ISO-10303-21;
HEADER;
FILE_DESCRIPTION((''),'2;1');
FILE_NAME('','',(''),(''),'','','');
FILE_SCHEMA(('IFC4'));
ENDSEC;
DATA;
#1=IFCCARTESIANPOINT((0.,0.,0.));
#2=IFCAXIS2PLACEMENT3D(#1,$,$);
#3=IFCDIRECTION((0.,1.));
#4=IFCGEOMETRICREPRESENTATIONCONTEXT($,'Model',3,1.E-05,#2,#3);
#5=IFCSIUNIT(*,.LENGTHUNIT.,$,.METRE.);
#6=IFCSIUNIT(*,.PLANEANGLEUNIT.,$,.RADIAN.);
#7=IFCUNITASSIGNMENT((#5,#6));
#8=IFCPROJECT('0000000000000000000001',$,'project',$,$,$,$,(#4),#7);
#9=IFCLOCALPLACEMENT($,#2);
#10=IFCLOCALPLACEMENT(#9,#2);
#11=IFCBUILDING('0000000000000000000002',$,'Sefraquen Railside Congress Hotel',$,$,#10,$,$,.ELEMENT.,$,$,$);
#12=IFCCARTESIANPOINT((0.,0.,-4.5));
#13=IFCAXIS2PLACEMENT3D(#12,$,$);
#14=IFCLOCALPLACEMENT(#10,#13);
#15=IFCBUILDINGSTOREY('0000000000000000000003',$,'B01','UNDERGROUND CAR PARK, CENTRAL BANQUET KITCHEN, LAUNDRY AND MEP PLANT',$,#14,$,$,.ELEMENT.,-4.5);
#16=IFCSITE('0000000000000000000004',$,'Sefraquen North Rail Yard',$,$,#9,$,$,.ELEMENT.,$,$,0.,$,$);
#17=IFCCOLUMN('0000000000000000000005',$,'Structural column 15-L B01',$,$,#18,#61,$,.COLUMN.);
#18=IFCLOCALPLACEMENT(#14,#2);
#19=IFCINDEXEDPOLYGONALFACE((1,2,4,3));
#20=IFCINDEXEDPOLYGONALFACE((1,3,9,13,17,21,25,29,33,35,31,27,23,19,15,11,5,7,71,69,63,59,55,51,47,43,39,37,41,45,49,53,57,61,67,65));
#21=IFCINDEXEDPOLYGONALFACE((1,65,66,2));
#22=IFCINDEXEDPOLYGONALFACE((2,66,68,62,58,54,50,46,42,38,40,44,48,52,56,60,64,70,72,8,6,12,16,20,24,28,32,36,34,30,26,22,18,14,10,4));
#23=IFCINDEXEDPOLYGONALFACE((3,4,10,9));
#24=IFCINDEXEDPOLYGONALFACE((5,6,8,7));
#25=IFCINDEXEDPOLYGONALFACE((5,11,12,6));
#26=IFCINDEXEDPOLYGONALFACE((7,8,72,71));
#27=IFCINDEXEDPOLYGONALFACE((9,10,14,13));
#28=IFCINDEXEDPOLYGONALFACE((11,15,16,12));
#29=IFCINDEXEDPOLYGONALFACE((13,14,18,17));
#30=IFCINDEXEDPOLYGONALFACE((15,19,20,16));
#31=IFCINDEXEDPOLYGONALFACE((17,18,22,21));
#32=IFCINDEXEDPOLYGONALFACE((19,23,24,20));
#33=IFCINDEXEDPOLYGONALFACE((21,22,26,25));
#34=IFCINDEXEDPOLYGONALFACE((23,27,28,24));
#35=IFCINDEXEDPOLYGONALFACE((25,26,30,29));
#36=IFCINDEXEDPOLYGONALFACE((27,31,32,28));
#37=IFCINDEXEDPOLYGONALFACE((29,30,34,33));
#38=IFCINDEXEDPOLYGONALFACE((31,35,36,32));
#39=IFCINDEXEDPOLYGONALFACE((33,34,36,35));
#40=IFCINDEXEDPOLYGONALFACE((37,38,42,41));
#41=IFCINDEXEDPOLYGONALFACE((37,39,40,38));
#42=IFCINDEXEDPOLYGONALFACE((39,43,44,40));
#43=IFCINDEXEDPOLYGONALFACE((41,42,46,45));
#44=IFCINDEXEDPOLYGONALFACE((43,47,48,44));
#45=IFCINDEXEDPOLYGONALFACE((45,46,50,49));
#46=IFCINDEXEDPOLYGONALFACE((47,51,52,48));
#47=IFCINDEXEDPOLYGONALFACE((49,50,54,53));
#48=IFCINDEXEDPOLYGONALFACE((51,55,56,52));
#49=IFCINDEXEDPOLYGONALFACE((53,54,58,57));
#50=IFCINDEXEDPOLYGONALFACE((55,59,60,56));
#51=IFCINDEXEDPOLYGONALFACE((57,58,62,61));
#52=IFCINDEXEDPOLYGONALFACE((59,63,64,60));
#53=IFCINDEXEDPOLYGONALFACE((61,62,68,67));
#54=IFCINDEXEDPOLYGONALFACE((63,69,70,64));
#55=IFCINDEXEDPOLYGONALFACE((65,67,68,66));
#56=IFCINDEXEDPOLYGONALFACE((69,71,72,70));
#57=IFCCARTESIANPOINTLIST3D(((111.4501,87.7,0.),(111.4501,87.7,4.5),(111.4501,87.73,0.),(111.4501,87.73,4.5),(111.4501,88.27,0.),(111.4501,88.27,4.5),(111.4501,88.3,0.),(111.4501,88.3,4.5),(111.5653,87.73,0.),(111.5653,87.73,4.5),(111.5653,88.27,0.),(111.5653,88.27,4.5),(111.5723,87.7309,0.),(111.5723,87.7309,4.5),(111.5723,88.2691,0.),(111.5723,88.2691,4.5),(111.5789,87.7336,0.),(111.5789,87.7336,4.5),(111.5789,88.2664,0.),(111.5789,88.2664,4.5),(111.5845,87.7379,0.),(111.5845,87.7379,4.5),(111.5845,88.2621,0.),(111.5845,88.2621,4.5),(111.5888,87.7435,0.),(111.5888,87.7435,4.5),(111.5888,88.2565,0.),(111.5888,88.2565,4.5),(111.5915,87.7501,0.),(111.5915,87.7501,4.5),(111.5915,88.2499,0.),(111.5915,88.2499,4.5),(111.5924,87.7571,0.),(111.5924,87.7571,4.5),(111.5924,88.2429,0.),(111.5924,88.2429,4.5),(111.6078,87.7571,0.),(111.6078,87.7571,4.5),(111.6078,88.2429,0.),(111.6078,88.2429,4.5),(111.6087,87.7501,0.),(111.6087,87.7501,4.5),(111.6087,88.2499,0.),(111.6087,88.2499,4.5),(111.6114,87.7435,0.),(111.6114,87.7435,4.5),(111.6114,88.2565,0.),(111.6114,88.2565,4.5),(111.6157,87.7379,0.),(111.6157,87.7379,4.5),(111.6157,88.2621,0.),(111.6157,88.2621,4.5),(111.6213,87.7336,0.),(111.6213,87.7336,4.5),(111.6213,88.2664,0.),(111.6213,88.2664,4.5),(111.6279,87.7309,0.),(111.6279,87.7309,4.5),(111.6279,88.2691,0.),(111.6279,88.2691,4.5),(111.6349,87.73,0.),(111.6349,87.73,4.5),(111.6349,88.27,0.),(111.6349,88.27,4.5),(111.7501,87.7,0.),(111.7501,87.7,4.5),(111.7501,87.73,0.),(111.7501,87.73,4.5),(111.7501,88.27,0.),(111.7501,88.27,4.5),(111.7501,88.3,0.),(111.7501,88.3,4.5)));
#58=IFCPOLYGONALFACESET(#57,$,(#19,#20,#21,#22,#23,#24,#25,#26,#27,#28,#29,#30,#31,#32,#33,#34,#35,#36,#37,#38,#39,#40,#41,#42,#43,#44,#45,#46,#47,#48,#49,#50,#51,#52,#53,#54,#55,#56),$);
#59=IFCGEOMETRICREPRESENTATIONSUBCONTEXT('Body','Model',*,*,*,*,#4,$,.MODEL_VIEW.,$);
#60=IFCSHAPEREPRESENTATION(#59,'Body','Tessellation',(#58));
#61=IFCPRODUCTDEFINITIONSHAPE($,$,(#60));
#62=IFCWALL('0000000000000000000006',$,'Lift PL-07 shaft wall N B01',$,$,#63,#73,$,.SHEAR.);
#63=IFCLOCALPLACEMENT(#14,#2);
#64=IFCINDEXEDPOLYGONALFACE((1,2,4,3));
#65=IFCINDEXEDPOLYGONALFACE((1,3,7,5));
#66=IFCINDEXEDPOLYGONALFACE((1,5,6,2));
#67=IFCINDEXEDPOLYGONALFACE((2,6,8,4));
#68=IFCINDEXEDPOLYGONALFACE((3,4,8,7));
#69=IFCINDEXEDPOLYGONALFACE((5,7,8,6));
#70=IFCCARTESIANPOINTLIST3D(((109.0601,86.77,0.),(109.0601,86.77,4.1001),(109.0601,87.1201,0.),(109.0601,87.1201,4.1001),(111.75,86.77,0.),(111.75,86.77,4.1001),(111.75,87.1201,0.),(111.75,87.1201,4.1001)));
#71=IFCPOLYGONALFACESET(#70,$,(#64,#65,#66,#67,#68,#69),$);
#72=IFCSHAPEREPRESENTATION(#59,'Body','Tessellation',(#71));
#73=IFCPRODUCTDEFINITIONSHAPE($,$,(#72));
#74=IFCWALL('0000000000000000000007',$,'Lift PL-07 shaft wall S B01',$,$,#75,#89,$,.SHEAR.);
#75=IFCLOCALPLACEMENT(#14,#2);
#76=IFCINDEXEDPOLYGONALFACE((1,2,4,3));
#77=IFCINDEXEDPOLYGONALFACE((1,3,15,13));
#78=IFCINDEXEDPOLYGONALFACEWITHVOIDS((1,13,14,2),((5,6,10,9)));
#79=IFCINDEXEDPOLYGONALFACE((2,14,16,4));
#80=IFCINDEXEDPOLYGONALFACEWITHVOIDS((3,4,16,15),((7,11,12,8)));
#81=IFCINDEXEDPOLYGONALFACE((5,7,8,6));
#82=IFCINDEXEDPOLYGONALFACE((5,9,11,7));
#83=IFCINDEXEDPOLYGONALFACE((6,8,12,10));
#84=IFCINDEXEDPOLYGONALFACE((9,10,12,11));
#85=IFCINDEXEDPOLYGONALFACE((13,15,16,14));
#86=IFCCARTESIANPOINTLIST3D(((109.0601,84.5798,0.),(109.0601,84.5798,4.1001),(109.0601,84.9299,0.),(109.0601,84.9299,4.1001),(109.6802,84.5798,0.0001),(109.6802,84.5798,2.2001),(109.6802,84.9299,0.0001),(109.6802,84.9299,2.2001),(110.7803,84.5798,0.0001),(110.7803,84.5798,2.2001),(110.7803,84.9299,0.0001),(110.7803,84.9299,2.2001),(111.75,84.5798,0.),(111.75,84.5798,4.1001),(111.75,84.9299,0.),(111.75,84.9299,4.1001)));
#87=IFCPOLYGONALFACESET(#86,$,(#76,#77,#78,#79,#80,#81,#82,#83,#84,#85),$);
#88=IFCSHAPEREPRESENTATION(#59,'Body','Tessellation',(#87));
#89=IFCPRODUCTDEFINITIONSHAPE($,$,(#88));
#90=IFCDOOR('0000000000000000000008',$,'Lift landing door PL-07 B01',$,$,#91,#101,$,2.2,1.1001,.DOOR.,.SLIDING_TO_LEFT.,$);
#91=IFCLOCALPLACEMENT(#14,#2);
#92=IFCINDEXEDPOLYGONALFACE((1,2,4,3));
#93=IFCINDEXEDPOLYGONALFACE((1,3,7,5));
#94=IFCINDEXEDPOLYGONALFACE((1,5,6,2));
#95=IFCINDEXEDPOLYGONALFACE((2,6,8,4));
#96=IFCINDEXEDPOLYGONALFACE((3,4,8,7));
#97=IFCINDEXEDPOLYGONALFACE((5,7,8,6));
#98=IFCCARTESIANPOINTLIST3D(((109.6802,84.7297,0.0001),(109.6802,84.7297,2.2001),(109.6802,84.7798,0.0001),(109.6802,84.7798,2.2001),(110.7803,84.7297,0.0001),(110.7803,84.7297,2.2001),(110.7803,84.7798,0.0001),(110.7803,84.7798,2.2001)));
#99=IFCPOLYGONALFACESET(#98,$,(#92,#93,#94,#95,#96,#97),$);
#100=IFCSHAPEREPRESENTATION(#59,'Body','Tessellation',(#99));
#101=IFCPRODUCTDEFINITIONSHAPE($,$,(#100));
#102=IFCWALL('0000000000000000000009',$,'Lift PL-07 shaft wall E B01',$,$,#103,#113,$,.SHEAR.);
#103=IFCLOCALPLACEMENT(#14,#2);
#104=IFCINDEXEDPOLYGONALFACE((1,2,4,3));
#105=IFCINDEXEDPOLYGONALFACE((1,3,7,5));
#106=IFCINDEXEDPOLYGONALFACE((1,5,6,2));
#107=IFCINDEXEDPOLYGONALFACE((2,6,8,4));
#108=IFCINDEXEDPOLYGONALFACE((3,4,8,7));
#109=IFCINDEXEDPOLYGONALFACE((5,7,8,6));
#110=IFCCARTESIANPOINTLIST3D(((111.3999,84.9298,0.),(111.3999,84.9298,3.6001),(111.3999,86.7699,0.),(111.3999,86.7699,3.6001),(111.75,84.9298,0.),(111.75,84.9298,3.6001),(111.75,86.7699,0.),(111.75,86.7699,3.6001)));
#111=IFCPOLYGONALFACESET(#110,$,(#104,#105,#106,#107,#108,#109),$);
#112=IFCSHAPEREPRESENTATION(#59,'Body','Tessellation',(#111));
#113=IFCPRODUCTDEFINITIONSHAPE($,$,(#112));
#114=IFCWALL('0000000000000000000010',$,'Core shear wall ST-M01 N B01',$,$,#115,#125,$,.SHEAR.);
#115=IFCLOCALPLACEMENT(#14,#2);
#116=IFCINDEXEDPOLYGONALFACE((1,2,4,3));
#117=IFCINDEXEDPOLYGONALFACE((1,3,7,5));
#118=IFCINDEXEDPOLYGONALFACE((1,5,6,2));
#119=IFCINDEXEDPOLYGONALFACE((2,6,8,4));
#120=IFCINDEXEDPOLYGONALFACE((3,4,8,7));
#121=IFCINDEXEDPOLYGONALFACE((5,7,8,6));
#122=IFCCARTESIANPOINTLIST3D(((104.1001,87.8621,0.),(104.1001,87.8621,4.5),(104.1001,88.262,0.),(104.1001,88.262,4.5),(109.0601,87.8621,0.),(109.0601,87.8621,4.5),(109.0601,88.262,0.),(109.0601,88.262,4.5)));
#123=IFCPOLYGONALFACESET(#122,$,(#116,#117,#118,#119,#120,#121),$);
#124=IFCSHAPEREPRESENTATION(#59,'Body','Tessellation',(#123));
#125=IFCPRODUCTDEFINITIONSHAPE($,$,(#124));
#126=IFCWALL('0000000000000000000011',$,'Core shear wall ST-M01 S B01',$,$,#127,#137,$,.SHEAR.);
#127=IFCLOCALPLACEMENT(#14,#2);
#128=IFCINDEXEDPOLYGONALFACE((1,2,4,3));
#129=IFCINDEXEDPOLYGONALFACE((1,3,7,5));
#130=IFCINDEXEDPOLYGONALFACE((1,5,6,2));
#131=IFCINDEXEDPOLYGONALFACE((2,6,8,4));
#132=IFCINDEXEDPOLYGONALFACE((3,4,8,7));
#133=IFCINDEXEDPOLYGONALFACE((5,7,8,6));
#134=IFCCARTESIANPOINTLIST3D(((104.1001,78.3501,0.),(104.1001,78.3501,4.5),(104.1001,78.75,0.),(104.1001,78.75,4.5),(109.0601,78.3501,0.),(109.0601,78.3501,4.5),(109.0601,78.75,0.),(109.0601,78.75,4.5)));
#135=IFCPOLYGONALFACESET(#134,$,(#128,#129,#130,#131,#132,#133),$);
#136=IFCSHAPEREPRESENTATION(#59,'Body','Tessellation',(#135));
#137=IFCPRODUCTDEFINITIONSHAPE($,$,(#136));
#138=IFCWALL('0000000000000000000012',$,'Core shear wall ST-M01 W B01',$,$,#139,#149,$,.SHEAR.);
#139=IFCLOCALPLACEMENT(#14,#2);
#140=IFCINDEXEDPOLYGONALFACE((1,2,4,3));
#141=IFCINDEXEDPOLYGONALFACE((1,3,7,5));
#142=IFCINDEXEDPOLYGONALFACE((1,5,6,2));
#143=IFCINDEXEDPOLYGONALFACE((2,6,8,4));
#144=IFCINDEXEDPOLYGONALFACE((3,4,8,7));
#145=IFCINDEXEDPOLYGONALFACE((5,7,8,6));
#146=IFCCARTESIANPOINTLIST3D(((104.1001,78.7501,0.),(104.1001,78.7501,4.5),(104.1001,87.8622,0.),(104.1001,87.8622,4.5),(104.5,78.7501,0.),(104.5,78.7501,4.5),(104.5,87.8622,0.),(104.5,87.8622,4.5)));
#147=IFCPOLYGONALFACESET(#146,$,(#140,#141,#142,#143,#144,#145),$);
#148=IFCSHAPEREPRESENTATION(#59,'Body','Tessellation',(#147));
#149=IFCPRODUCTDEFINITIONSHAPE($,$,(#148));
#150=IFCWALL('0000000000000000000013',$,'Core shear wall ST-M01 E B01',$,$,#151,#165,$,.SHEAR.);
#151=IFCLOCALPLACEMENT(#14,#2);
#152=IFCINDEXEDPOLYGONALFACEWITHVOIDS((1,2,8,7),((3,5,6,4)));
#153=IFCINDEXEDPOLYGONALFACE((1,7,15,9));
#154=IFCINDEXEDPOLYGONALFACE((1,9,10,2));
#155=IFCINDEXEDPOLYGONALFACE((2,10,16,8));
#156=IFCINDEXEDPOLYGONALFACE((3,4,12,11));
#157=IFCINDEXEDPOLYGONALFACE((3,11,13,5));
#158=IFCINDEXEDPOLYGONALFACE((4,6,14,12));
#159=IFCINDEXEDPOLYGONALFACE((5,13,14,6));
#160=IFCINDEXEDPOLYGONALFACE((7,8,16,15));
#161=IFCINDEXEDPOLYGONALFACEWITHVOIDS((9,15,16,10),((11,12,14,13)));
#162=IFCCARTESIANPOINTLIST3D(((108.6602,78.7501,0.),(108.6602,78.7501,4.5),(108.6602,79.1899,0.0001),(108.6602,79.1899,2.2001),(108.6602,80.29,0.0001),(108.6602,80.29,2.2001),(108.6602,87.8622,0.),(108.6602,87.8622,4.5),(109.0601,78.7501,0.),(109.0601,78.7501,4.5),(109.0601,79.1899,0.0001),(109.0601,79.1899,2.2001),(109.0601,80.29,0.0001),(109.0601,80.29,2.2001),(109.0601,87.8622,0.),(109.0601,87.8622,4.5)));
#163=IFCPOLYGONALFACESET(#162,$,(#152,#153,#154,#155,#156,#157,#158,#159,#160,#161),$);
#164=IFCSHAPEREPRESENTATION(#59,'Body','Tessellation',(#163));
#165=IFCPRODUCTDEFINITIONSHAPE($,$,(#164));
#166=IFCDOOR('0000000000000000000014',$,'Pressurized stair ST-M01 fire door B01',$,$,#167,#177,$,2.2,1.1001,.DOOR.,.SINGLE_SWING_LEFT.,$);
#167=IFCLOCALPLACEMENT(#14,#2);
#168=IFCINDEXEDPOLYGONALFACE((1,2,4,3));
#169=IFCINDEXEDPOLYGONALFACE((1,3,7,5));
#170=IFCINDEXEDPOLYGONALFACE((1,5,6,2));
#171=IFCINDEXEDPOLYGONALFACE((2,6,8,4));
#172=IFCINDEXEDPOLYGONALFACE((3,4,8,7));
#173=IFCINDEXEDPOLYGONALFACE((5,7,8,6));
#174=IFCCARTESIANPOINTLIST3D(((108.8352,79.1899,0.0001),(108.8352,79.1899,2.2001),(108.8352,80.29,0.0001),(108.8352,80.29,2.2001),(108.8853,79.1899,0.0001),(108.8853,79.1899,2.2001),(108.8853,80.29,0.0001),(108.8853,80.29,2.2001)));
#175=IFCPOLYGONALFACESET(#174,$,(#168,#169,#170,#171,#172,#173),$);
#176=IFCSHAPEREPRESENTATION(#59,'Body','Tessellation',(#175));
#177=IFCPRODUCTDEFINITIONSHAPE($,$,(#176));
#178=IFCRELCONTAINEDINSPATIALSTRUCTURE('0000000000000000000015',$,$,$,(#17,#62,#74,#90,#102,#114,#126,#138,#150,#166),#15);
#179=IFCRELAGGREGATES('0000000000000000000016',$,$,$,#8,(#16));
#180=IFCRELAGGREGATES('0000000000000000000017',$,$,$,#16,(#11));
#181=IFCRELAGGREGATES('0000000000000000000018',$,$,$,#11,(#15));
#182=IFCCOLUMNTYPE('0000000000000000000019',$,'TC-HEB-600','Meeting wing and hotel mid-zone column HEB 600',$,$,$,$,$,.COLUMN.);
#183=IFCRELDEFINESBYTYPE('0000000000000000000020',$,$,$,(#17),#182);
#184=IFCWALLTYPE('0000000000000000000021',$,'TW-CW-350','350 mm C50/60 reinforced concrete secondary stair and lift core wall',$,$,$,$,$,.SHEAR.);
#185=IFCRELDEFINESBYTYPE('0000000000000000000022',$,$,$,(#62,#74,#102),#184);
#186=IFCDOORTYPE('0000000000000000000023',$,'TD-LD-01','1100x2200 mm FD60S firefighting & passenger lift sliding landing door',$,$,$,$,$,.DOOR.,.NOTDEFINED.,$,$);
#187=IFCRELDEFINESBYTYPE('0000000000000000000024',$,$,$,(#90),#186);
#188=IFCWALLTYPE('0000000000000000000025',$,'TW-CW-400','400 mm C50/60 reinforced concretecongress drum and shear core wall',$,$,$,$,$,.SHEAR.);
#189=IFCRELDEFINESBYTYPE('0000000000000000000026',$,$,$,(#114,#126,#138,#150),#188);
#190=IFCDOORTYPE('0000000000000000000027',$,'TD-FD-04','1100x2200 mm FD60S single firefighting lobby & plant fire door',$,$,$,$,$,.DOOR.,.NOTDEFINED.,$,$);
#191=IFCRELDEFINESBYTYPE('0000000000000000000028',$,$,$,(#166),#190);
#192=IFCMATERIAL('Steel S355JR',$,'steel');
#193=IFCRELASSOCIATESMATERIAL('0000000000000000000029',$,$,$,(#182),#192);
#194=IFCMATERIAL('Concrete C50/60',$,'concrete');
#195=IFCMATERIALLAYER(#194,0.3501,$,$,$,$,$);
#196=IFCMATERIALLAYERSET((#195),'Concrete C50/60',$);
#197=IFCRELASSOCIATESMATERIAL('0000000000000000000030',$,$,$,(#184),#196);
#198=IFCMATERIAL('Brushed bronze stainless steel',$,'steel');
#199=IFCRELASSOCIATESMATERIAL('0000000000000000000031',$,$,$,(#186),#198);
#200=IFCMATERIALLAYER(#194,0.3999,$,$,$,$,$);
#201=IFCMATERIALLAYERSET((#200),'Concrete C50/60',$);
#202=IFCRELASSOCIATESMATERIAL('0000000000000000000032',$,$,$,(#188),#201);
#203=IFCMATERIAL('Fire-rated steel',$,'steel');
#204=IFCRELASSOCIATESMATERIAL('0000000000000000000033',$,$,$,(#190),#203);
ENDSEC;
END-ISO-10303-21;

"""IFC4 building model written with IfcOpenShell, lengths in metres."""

from ifc_helpers import new_model, si_unit, direction, frame, frame_2d, origin, origin_2d, place, context, subcontext, project, spatial, rectangle, i_section, extrude, material, layer, layer_set, material_profile, profile_set, type_object, element, fill, save


model = new_model("IFC4")

# Units and contexts
model_context = context("Model", 3, precision=1e-05, world=origin(), true_north=direction((0.0, 1.0)))
body_context = subcontext(model_context, "Body", "Model", "MODEL_VIEW")
ifc_project = project(units=[si_unit("LENGTHUNIT", "METRE"), si_unit("PLANEANGLEUNIT", "RADIAN")], contexts=[model_context])

# Site, building, storey
site_placement = place(None, origin())
site = spatial("IfcSite", under=ifc_project, at=site_placement, Name="Sefraquen North Rail Yard", CompositionType="ELEMENT", RefElevation=0.0)
building_placement = place(site_placement, origin())
building = spatial("IfcBuilding", under=site, at=building_placement, Name="Sefraquen Railside Congress Hotel", CompositionType="ELEMENT")
storey_placement = place(building_placement, frame((0.0, 0.0, -4.5)))
storey = spatial("IfcBuildingStorey", under=building, at=storey_placement, Name="B01", Description="UNDERGROUND CAR PARK, CENTRAL BANQUET KITCHEN, LAUNDRY AND MEP PLANT", CompositionType="ELEMENT", Elevation=-4.5)

# Column
ifc_material_1 = material(Name="Steel S355JR", Category="steel")
ifc_material_profile_1 = material_profile(ifc_material_1, i_section(OverallWidth=0.3, OverallDepth=0.6001, WebThickness=0.0154, FlangeThickness=0.03, FilletRadius=0.0271, at=origin_2d()), Name="HEB 600")
ifc_profile_set_1 = profile_set([ifc_material_profile_1], Name="Steel S355JR")
column_type = type_object("IfcColumnType", Name="TC-HEB-600", Description="Meeting wing and hotel mid-zone column HEB 600", PredefinedType="COLUMN", material=ifc_profile_set_1)
for number, where, z_axis, x_axis, name in (
    (1, (111.6001, 88.0, 0.0), (0.0, 0.0, 1.0), (1.0, 0.0, 0.0), "Structural column 15-L B01"),
):
    element("IfcColumn", number, at=place(storey_placement, frame(where, z_axis=z_axis, x_axis=x_axis)), inside=storey, type_object=column_type, Name=name, PredefinedType="COLUMN", context=body_context, shape_type="SweptSolid", body=[
        extrude(i_section(OverallWidth=0.3, OverallDepth=0.6001, WebThickness=0.0154, FlangeThickness=0.03, FilletRadius=0.0271, at=origin_2d()), origin(), (0.0, 0.0, 1.0), 4.5),
    ])

# Wall
ifc_material_2 = material(Name="Concrete C50/60", Category="concrete")
ifc_layer_1 = layer(ifc_material_2, 0.3501)
ifc_layer_set_1 = layer_set([ifc_layer_1], Name="Concrete C50/60")
wall_type_1 = type_object("IfcWallType", Name="TW-CW-350", Description="350 mm C50/60 reinforced concrete secondary stair and lift core wall", PredefinedType="SHEAR", material=ifc_layer_set_1)
wall_1_placement = place(storey_placement, frame((109.0601, 86.9451, 0.0), z_axis=(0.0, 0.0, 1.0), x_axis=(1.0, 0.0, 0.0)))
element("IfcWall", 2, at=wall_1_placement, inside=storey, type_object=wall_type_1, Name="Lift PL-07 shaft wall N B01", PredefinedType="SHEAR", context=body_context, shape_type="SweptSolid", body=[
    extrude(rectangle(XDim=2.6899, YDim=0.3501, at=frame_2d((1.345, 0.0))), origin(), (0.0, 0.0, 1.0), 4.1001),
])

# Wall, opening, door
wall_2_placement = place(storey_placement, frame((109.0601, 84.7549, 0.0), z_axis=(0.0, 0.0, 1.0), x_axis=(1.0, 0.0, 0.0)))
wall_2 = element("IfcWall", 3, at=wall_2_placement, inside=storey, type_object=wall_type_1, Name="Lift PL-07 shaft wall S B01", PredefinedType="SHEAR", context=body_context, shape_type="SweptSolid", body=[
    extrude(rectangle(XDim=2.6899, YDim=0.3501, at=frame_2d((1.345, 0.0))), origin(), (0.0, 0.0, 1.0), 4.1001),
])
opening_1_placement = place(wall_2_placement, frame((0.6201, 0.0, 0.0)))
opening_1 = element("IfcOpeningElement", 4, at=opening_1_placement, cuts=wall_2, PredefinedType="OPENING", context=body_context, shape_type="SweptSolid", body=[
    extrude(rectangle(XDim=1.1001, YDim=2.2, at=frame_2d((0.55, 1.1001))), frame((0.0, 0.1851, 0.0), z_axis=(0.0, -1.0, 0.0), x_axis=(1.0, 0.0, 0.0)), (0.0, 0.0, 1.0), 0.3701),
])
ifc_material_3 = material(Name="Brushed bronze stainless steel", Category="steel")
door_type_1 = type_object("IfcDoorType", Name="TD-LD-01", Description="1100x2200 mm FD60S firefighting & passenger lift sliding landing door", OperationType="NOTDEFINED", PredefinedType="DOOR", material=ifc_material_3)
door_1_placement = place(opening_1_placement, origin())
door_1 = element("IfcDoor", 5, at=door_1_placement, inside=storey, type_object=door_type_1, Name="Lift landing door PL-07 B01", OperationType="SLIDING_TO_LEFT", OverallHeight=2.2, OverallWidth=1.1001, PredefinedType="DOOR", context=body_context, shape_type="SweptSolid", body=[
    extrude(rectangle(XDim=1.1001, YDim=2.2, at=frame_2d((0.55, 1.1001))), frame((0.0, 0.0249, 0.0), z_axis=(0.0, -1.0, 0.0), x_axis=(1.0, 0.0, 0.0)), (0.0, 0.0, 1.0), 0.05),
])
fill(opening_1, door_1)

# Walls
wall_3_placement = place(storey_placement, frame((111.575, 84.9299, 0.0), z_axis=(0.0, 0.0, 1.0), x_axis=(0.0, 1.0, 0.0)))
element("IfcWall", 6, at=wall_3_placement, inside=storey, type_object=wall_type_1, Name="Lift PL-07 shaft wall E B01", PredefinedType="SHEAR", context=body_context, shape_type="SweptSolid", body=[
    extrude(rectangle(XDim=1.8401, YDim=0.3501, at=frame_2d((0.9199, 0.0))), origin(), (0.0, 0.0, 1.0), 3.6001),
])
ifc_layer_2 = layer(ifc_material_2, 0.3999)
ifc_layer_set_2 = layer_set([ifc_layer_2], Name="Concrete C50/60")
wall_type_2 = type_object("IfcWallType", Name="TW-CW-400", Description="400 mm C50/60 reinforced concretecongress drum and shear core wall", PredefinedType="SHEAR", material=ifc_layer_set_2)
for number, where, z_axis, x_axis, name in (
    (7, (104.1001, 88.062, 0.0), (0.0, 0.0, 1.0), (1.0, 0.0, 0.0), "Core shear wall ST-M01 N B01"),
    (8, (104.1001, 78.55, 0.0), (0.0, 0.0, 1.0), (1.0, 0.0, 0.0), "Core shear wall ST-M01 S B01"),
):
    element("IfcWall", number, at=place(storey_placement, frame(where, z_axis=z_axis, x_axis=x_axis)), inside=storey, type_object=wall_type_2, Name=name, PredefinedType="SHEAR", context=body_context, shape_type="SweptSolid", body=[
        extrude(rectangle(XDim=4.96, YDim=0.3999, at=frame_2d((2.48, 0.0))), origin(), (0.0, 0.0, 1.0), 4.5),
    ])
wall_4_placement = place(storey_placement, frame((104.3, 78.75, 0.0), z_axis=(0.0, 0.0, 1.0), x_axis=(0.0, 1.0, 0.0)))
element("IfcWall", 9, at=wall_4_placement, inside=storey, type_object=wall_type_2, Name="Core shear wall ST-M01 W B01", PredefinedType="SHEAR", context=body_context, shape_type="SweptSolid", body=[
    extrude(rectangle(XDim=9.1121, YDim=0.3999, at=frame_2d((4.5562, 0.0))), origin(), (0.0, 0.0, 1.0), 4.5),
])

# Wall, opening, door
wall_5_placement = place(storey_placement, frame((108.8601, 78.75, 0.0), z_axis=(0.0, 0.0, 1.0), x_axis=(0.0, 1.0, 0.0)))
wall_5 = element("IfcWall", 10, at=wall_5_placement, inside=storey, type_object=wall_type_2, Name="Core shear wall ST-M01 E B01", PredefinedType="SHEAR", context=body_context, shape_type="SweptSolid", body=[
    extrude(rectangle(XDim=9.1121, YDim=0.3999, at=frame_2d((4.5562, 0.0))), origin(), (0.0, 0.0, 1.0), 4.5),
])
opening_2_placement = place(wall_5_placement, frame((0.4399, 0.0, 0.0)))
opening_2 = element("IfcOpeningElement", 11, at=opening_2_placement, cuts=wall_5, PredefinedType="OPENING", context=body_context, shape_type="SweptSolid", body=[
    extrude(rectangle(XDim=1.1001, YDim=2.2, at=frame_2d((0.55, 1.1001))), frame((0.0, 0.21, 0.0), z_axis=(0.0, -1.0, 0.0), x_axis=(1.0, 0.0, 0.0)), (0.0, 0.0, 1.0), 0.4199),
])
ifc_material_4 = material(Name="Fire-rated steel", Category="steel")
door_type_2 = type_object("IfcDoorType", Name="TD-FD-04", Description="1100x2200 mm FD60S single firefighting lobby & plant fire door", OperationType="NOTDEFINED", PredefinedType="DOOR", material=ifc_material_4)
door_2_placement = place(opening_2_placement, origin())
door_2 = element("IfcDoor", 12, at=door_2_placement, inside=storey, type_object=door_type_2, Name="Pressurized stair ST-M01 fire door B01", OperationType="SINGLE_SWING_LEFT", OverallHeight=2.2, OverallWidth=1.1001, PredefinedType="DOOR", context=body_context, shape_type="SweptSolid", body=[
    extrude(rectangle(XDim=1.1001, YDim=2.2, at=frame_2d((0.55, 1.1001))), frame((0.0, 0.0249, 0.0), z_axis=(0.0, -1.0, 0.0), x_axis=(1.0, 0.0, 0.0)), (0.0, 0.0, 1.0), 0.05),
])
fill(opening_2, door_2)

save(model, "model.ifc")
